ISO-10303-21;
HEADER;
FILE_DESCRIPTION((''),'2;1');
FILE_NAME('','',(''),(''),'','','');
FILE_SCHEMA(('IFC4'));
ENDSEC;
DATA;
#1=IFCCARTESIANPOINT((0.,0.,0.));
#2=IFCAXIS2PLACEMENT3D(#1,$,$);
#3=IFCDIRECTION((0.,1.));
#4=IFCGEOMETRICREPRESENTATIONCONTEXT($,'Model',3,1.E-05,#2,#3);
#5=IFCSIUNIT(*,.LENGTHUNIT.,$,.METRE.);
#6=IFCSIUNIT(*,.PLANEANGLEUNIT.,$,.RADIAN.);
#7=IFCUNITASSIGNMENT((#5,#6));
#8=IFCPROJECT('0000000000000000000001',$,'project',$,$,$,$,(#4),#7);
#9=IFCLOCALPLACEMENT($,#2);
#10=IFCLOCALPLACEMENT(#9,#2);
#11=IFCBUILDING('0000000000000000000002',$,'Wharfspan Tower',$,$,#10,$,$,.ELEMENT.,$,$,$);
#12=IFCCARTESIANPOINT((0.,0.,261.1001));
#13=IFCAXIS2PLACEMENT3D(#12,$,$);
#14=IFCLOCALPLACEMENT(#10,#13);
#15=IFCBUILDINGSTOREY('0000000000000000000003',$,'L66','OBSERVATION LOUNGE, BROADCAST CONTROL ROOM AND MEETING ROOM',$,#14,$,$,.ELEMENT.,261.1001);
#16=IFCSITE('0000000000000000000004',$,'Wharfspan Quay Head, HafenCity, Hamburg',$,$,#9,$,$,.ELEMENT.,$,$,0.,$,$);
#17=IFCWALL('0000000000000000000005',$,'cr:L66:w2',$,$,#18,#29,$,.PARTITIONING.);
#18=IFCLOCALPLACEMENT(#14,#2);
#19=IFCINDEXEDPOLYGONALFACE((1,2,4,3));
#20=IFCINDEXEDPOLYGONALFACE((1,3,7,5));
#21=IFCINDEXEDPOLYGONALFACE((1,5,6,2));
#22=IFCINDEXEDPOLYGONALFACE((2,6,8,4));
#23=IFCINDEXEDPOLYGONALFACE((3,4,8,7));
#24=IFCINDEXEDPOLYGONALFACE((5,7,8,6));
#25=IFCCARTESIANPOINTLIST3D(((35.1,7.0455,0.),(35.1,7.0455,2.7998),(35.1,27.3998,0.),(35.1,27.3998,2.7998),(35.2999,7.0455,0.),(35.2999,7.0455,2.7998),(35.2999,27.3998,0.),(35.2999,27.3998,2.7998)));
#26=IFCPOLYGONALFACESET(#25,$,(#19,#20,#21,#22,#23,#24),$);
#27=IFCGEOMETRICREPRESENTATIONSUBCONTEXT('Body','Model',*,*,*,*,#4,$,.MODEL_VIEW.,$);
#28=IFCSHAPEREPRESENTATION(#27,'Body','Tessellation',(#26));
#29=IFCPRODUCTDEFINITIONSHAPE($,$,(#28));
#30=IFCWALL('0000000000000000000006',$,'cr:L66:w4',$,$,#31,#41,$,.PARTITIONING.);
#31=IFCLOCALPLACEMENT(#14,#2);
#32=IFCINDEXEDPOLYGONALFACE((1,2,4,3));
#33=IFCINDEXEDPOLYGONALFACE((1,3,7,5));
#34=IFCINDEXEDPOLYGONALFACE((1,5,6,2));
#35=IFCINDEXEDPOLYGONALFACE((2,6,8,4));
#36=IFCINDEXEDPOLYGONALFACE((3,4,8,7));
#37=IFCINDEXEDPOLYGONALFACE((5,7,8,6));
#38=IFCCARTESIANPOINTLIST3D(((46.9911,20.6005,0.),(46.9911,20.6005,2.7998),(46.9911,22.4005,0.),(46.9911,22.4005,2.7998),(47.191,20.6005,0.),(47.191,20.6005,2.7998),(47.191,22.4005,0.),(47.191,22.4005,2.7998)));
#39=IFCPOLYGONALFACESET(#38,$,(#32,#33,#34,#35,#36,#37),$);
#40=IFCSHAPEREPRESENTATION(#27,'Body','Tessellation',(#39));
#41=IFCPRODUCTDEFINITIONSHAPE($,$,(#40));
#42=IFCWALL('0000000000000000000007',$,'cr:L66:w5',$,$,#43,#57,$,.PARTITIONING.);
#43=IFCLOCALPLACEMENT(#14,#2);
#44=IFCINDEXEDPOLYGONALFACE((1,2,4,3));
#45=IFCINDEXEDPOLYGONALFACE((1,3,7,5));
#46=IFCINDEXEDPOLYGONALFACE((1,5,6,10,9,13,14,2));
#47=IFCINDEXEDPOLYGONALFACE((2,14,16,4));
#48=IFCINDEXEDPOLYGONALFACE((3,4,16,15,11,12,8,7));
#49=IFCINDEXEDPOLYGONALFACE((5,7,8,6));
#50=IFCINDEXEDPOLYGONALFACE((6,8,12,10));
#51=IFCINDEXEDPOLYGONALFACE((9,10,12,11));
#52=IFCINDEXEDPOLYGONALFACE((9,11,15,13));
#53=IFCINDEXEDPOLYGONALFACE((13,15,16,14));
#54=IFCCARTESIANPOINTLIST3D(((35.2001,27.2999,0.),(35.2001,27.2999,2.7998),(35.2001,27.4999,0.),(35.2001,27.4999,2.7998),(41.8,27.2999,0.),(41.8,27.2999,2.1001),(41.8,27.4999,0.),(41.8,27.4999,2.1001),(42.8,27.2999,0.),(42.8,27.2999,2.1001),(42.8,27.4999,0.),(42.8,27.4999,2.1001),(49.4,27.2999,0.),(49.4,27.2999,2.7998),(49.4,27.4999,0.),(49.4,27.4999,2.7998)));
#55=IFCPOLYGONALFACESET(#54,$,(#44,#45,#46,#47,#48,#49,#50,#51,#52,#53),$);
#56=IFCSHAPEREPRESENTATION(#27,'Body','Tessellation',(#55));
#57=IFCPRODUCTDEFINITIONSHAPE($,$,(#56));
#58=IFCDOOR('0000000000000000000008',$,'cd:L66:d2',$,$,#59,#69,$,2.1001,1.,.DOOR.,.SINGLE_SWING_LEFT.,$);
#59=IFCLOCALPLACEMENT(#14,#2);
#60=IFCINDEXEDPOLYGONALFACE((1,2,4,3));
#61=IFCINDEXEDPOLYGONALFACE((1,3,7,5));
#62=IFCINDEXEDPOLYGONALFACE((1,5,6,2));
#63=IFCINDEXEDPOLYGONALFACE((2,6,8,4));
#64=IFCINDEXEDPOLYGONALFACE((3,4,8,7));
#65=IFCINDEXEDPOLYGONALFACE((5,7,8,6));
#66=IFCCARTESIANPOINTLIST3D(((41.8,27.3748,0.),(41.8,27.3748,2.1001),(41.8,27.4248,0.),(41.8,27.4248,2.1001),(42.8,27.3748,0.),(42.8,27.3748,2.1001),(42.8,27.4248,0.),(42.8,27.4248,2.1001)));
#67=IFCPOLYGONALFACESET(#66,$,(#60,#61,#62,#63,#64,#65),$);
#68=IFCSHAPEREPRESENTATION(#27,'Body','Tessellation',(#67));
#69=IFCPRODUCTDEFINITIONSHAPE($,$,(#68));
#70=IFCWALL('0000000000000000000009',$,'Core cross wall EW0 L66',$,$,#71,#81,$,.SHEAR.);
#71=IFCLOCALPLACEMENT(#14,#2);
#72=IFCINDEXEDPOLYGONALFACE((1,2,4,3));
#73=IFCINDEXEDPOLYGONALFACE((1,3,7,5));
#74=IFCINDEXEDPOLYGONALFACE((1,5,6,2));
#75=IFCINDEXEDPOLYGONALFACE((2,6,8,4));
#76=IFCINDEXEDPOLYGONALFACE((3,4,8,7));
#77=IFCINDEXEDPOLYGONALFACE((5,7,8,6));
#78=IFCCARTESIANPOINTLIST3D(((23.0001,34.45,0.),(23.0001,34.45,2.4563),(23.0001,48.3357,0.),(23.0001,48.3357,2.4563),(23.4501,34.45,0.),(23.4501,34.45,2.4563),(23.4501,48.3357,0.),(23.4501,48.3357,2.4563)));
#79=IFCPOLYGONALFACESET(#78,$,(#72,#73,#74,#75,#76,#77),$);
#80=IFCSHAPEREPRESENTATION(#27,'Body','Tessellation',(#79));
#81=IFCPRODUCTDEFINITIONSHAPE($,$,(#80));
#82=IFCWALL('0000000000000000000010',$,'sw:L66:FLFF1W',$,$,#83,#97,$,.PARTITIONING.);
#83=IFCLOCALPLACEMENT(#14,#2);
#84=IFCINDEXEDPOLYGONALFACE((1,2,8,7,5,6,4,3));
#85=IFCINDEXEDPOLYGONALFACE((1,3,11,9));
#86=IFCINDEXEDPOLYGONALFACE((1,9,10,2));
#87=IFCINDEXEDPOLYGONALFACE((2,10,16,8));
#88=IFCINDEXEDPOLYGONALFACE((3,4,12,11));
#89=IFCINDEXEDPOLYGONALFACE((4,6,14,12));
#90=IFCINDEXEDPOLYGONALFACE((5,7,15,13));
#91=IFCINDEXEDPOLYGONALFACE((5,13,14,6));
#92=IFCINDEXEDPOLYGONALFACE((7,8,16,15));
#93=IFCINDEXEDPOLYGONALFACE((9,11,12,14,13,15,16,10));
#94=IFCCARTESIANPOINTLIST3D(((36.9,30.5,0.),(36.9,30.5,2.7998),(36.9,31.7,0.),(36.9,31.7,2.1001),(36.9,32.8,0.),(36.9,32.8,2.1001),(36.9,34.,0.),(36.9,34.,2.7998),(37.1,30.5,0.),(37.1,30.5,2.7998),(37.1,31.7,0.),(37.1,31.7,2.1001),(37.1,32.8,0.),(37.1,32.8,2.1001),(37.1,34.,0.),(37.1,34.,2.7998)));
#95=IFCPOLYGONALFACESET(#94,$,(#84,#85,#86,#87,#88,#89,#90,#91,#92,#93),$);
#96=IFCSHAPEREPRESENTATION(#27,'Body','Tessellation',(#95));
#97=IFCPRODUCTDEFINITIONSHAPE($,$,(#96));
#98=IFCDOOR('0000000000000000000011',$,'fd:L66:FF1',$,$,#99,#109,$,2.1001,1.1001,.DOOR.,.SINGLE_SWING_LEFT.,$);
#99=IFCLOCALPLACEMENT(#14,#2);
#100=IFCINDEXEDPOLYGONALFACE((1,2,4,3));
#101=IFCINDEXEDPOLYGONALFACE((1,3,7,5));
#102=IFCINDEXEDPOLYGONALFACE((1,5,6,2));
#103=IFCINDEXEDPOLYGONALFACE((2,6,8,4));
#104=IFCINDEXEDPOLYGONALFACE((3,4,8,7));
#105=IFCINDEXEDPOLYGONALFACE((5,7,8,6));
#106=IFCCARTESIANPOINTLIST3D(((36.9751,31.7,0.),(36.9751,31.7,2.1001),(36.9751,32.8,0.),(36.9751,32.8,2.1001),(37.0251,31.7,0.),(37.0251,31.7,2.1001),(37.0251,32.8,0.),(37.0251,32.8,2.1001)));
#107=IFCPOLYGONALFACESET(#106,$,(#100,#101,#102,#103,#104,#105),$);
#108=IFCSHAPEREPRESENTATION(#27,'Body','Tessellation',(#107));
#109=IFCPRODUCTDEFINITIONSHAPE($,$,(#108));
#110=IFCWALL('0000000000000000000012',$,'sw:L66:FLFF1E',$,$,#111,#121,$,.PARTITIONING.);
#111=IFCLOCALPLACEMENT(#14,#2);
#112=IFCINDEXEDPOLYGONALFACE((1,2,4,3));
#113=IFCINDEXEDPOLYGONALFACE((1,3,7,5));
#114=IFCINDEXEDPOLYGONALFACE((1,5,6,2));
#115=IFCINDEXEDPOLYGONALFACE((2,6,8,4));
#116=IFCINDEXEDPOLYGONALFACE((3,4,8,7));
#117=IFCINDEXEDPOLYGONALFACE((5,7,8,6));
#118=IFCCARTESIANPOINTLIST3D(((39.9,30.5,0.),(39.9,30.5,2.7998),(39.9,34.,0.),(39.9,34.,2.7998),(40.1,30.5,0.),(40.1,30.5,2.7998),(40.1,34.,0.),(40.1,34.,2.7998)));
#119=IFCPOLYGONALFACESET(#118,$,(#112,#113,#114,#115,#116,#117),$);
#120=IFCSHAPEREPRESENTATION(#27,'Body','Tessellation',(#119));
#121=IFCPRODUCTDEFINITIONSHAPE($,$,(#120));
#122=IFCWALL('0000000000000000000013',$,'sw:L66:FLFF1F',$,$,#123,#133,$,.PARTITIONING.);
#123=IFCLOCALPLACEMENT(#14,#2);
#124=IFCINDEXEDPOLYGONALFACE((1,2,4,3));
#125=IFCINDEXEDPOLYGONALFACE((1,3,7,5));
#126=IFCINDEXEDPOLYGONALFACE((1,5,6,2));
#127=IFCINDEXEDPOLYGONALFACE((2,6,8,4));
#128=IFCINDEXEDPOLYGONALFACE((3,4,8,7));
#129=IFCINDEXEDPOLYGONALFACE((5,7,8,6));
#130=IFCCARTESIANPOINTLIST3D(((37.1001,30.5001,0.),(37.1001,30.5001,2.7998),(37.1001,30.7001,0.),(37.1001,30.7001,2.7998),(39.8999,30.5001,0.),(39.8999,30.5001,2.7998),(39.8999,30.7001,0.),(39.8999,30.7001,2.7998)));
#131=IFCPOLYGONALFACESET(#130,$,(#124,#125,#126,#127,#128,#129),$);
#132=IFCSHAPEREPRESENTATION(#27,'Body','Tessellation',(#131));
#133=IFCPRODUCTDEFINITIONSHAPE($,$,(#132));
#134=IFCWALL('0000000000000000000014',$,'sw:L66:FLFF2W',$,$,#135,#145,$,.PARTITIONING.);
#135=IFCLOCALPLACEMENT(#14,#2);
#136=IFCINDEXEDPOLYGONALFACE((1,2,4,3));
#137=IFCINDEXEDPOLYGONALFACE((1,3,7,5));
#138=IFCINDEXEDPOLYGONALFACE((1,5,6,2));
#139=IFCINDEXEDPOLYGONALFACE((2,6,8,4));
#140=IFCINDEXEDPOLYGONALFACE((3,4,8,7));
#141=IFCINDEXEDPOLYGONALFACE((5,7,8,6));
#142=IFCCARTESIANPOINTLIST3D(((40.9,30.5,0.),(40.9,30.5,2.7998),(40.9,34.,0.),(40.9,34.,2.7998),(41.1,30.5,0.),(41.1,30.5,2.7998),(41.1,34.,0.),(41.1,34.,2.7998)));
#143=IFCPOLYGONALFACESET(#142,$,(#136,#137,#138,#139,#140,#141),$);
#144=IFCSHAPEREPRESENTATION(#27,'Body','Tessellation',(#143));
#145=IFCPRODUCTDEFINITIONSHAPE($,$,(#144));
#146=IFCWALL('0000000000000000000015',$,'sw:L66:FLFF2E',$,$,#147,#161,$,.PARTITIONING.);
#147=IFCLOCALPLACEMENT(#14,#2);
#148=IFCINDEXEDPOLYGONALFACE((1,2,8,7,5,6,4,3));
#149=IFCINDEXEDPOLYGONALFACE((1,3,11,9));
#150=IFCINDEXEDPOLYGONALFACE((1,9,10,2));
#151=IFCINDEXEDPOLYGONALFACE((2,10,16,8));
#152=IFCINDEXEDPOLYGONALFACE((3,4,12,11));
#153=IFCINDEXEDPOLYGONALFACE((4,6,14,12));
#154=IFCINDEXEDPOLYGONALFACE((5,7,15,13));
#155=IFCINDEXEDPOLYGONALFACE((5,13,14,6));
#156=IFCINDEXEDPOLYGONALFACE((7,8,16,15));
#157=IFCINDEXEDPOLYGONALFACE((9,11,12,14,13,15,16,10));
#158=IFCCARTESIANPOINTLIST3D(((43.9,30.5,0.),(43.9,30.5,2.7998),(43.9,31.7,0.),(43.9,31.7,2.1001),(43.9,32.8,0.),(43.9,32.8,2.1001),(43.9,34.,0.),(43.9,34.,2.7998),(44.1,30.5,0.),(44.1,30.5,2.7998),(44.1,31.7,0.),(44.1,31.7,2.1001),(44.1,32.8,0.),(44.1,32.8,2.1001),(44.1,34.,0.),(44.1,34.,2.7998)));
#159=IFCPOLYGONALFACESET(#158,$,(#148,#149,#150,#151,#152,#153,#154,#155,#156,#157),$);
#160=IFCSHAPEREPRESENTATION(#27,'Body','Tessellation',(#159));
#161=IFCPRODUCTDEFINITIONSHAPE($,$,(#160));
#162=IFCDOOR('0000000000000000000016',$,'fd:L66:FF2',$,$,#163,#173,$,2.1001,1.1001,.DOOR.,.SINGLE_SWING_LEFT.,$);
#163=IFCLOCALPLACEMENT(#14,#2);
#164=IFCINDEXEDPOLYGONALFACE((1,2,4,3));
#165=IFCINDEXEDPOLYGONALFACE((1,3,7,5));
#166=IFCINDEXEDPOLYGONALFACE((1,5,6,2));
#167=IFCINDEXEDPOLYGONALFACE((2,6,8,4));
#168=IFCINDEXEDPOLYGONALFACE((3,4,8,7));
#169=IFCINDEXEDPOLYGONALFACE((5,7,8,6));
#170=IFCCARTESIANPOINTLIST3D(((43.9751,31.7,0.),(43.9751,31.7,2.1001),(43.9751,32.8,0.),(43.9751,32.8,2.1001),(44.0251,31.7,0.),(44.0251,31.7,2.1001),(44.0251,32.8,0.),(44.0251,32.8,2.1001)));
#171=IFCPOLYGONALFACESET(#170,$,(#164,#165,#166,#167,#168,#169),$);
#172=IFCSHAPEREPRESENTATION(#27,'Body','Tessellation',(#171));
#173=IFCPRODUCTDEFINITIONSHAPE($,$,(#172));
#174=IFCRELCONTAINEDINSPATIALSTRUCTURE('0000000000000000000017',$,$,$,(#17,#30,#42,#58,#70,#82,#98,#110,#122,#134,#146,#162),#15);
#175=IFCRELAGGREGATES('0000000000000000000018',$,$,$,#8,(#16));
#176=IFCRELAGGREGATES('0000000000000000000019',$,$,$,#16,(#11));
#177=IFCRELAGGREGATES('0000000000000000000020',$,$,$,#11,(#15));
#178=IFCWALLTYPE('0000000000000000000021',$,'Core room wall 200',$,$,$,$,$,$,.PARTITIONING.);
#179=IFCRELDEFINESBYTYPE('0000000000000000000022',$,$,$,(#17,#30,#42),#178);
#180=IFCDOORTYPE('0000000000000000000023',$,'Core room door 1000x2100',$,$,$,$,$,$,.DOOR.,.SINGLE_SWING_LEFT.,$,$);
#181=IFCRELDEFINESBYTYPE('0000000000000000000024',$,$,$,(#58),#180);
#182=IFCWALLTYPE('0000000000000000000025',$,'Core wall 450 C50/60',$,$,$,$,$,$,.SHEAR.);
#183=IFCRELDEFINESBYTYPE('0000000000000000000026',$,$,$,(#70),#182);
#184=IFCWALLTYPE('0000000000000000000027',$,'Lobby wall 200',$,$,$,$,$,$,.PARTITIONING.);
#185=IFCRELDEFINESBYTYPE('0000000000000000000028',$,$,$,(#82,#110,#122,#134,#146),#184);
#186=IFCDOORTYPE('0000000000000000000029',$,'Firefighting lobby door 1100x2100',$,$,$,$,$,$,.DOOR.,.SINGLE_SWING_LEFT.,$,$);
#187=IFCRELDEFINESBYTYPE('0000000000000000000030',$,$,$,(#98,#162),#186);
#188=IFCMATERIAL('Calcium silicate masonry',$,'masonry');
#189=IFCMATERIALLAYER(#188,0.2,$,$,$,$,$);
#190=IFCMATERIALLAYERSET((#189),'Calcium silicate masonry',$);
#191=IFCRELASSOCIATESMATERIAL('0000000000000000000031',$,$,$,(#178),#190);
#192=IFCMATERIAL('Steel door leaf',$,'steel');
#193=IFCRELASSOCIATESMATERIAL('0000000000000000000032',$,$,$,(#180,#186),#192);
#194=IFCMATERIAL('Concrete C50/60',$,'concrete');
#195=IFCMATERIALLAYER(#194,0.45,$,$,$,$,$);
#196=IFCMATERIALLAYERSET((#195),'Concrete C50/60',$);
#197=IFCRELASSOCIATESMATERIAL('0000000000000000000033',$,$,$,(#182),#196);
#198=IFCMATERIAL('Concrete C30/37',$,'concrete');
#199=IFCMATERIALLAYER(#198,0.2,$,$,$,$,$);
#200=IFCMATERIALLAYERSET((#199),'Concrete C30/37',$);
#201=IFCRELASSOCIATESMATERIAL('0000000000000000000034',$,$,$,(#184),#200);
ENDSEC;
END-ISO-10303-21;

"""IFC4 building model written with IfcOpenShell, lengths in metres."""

from ifc_helpers import new_model, si_unit, direction, frame, frame_2d, origin, place, context, subcontext, project, spatial, rectangle, extrude, material, layer, layer_set, type_object, element, fill, save


model = new_model("IFC4")

# Units and contexts
model_context = context("Model", 3, precision=1e-05, world=origin(), true_north=direction((0.0, 1.0)))
body_context = subcontext(model_context, "Body", "Model", "MODEL_VIEW")
ifc_project = project(units=[si_unit("LENGTHUNIT", "METRE"), si_unit("PLANEANGLEUNIT", "RADIAN")], contexts=[model_context])

# Site, building, storey
site_placement = place(None, origin())
site = spatial("IfcSite", under=ifc_project, at=site_placement, Name="Wharfspan Quay Head, HafenCity, Hamburg", CompositionType="ELEMENT", RefElevation=0.0)
building_placement = place(site_placement, origin())
building = spatial("IfcBuilding", under=site, at=building_placement, Name="Wharfspan Tower", CompositionType="ELEMENT")
storey_placement = place(building_placement, frame((0.0, 0.0, 261.1001)))
storey = spatial("IfcBuildingStorey", under=building, at=storey_placement, Name="L66", Description="OBSERVATION LOUNGE, BROADCAST CONTROL ROOM AND MEETING ROOM", CompositionType="ELEMENT", Elevation=261.1001)

# Walls
ifc_material_1 = material(Name="Calcium silicate masonry", Category="masonry")
ifc_layer_1 = layer(ifc_material_1, 0.2)
ifc_layer_set_1 = layer_set([ifc_layer_1], Name="Calcium silicate masonry")
wall_type_1 = type_object("IfcWallType", Name="Core room wall 200", PredefinedType="PARTITIONING", material=ifc_layer_set_1)
wall_1_placement = place(storey_placement, frame((35.2, 27.3999, 0.0), z_axis=(0.0, 0.0, 1.0), x_axis=(0.0, -1.0, 0.0)))
element("IfcWall", 1, at=wall_1_placement, inside=storey, type_object=wall_type_1, Name="cr:L66:w2", PredefinedType="PARTITIONING", context=body_context, shape_type="SweptSolid", body=[
    extrude(rectangle(XDim=20.3542, YDim=0.2, at=frame_2d((10.1772, 0.0))), origin(), (0.0, 0.0, 1.0), 2.7998),
])
wall_2_placement = place(storey_placement, frame((47.0911, 22.4004, 0.0), z_axis=(0.0, 0.0, 1.0), x_axis=(0.0, -1.0, 0.0)))
element("IfcWall", 2, at=wall_2_placement, inside=storey, type_object=wall_type_1, Name="cr:L66:w4", PredefinedType="PARTITIONING", context=body_context, shape_type="SweptSolid", body=[
    extrude(rectangle(XDim=1.8, YDim=0.2, at=frame_2d((0.8999, 0.0))), origin(), (0.0, 0.0, 1.0), 2.7998),
])

# Wall, opening, door
wall_3_placement = place(storey_placement, frame((35.2, 27.3999, 0.0), z_axis=(0.0, 0.0, 1.0), x_axis=(1.0, 0.0, 0.0)))
wall_3 = element("IfcWall", 3, at=wall_3_placement, inside=storey, type_object=wall_type_1, Name="cr:L66:w5", PredefinedType="PARTITIONING", context=body_context, shape_type="SweptSolid", body=[
    extrude(rectangle(XDim=14.2, YDim=0.2, at=frame_2d((7.1001, 0.0))), origin(), (0.0, 0.0, 1.0), 2.7998),
])
opening_1_placement = place(wall_3_placement, frame((6.6001, 0.0, 0.0)))
opening_1 = element("IfcOpeningElement", 4, at=opening_1_placement, cuts=wall_3, PredefinedType="OPENING", context=body_context, shape_type="SweptSolid", body=[
    extrude(rectangle(XDim=1.0, YDim=2.1001, at=frame_2d((0.5, 1.05))), frame((0.0, 0.1099, 0.0), z_axis=(0.0, -1.0, 0.0), x_axis=(1.0, 0.0, 0.0)), (0.0, 0.0, 1.0), 0.22),
])
ifc_material_2 = material(Name="Steel door leaf", Category="steel")
door_type_1 = type_object("IfcDoorType", Name="Core room door 1000x2100", OperationType="SINGLE_SWING_LEFT", PredefinedType="DOOR", material=ifc_material_2)
door_1_placement = place(opening_1_placement, origin())
door_1 = element("IfcDoor", 5, at=door_1_placement, inside=storey, type_object=door_type_1, Name="cd:L66:d2", OperationType="SINGLE_SWING_LEFT", OverallHeight=2.1001, OverallWidth=1.0, PredefinedType="DOOR", context=body_context, shape_type="SweptSolid", body=[
    extrude(rectangle(XDim=1.0, YDim=2.1001, at=frame_2d((0.5, 1.05))), frame((0.0, 0.0249, 0.0), z_axis=(0.0, -1.0, 0.0), x_axis=(1.0, 0.0, 0.0)), (0.0, 0.0, 1.0), 0.05),
])
fill(opening_1, door_1)

# Wall
ifc_material_3 = material(Name="Concrete C50/60", Category="concrete")
ifc_layer_2 = layer(ifc_material_3, 0.45)
ifc_layer_set_2 = layer_set([ifc_layer_2], Name="Concrete C50/60")
wall_type_2 = type_object("IfcWallType", Name="Core wall 450 C50/60", PredefinedType="SHEAR", material=ifc_layer_set_2)
wall_4_placement = place(storey_placement, frame((23.2251, 34.45, 0.0), z_axis=(0.0, 0.0, 1.0), x_axis=(0.0, 1.0, 0.0)))
element("IfcWall", 6, at=wall_4_placement, inside=storey, type_object=wall_type_2, Name="Core cross wall EW0 L66", PredefinedType="SHEAR", context=body_context, shape_type="SweptSolid", body=[
    extrude(rectangle(XDim=13.8857, YDim=0.45, at=frame_2d((6.9429, 0.0))), origin(), (0.0, 0.0, 1.0), 2.4563),
])

# Wall, opening, door
ifc_material_4 = material(Name="Concrete C30/37", Category="concrete")
ifc_layer_3 = layer(ifc_material_4, 0.2)
ifc_layer_set_3 = layer_set([ifc_layer_3], Name="Concrete C30/37")
wall_type_3 = type_object("IfcWallType", Name="Lobby wall 200", PredefinedType="PARTITIONING", material=ifc_layer_set_3)
wall_5_placement = place(storey_placement, frame((37.0, 30.5, 0.0), z_axis=(0.0, 0.0, 1.0), x_axis=(0.0, 1.0, 0.0)))
wall_5 = element("IfcWall", 7, at=wall_5_placement, inside=storey, type_object=wall_type_3, Name="sw:L66:FLFF1W", PredefinedType="PARTITIONING", context=body_context, shape_type="SweptSolid", body=[
    extrude(rectangle(XDim=3.5, YDim=0.2, at=frame_2d((1.75, 0.0))), origin(), (0.0, 0.0, 1.0), 2.7998),
])
opening_2_placement = place(wall_5_placement, frame((1.2, 0.0, 0.0)))
opening_2 = element("IfcOpeningElement", 8, at=opening_2_placement, cuts=wall_5, PredefinedType="OPENING", context=body_context, shape_type="SweptSolid", body=[
    extrude(rectangle(XDim=1.1001, YDim=2.1001, at=frame_2d((0.55, 1.05))), frame((0.0, 0.1099, 0.0), z_axis=(0.0, -1.0, 0.0), x_axis=(1.0, 0.0, 0.0)), (0.0, 0.0, 1.0), 0.22),
])
door_type_2 = type_object("IfcDoorType", Name="Firefighting lobby door 1100x2100", OperationType="SINGLE_SWING_LEFT", PredefinedType="DOOR", material=ifc_material_2)
door_2_placement = place(opening_2_placement, origin())
door_2 = element("IfcDoor", 9, at=door_2_placement, inside=storey, type_object=door_type_2, Name="fd:L66:FF1", OperationType="SINGLE_SWING_LEFT", OverallHeight=2.1001, OverallWidth=1.1001, PredefinedType="DOOR", context=body_context, shape_type="SweptSolid", body=[
    extrude(rectangle(XDim=1.1001, YDim=2.1001, at=frame_2d((0.55, 1.05))), frame((0.0, 0.0249, 0.0), z_axis=(0.0, -1.0, 0.0), x_axis=(1.0, 0.0, 0.0)), (0.0, 0.0, 1.0), 0.05),
])
fill(opening_2, door_2)

# Walls
wall_6_placement = place(storey_placement, frame((40.0, 30.5, 0.0), z_axis=(0.0, 0.0, 1.0), x_axis=(0.0, 1.0, 0.0)))
element("IfcWall", 10, at=wall_6_placement, inside=storey, type_object=wall_type_3, Name="sw:L66:FLFF1E", PredefinedType="PARTITIONING", context=body_context, shape_type="SweptSolid", body=[
    extrude(rectangle(XDim=3.5, YDim=0.2, at=frame_2d((1.75, 0.0))), origin(), (0.0, 0.0, 1.0), 2.7998),
])
wall_7_placement = place(storey_placement, frame((37.1001, 30.6001, 0.0), z_axis=(0.0, 0.0, 1.0), x_axis=(1.0, 0.0, 0.0)))
element("IfcWall", 11, at=wall_7_placement, inside=storey, type_object=wall_type_3, Name="sw:L66:FLFF1F", PredefinedType="PARTITIONING", context=body_context, shape_type="SweptSolid", body=[
    extrude(rectangle(XDim=2.7998, YDim=0.2, at=frame_2d((1.3999, 0.0))), origin(), (0.0, 0.0, 1.0), 2.7998),
])
wall_8_placement = place(storey_placement, frame((41.0, 30.5, 0.0), z_axis=(0.0, 0.0, 1.0), x_axis=(0.0, 1.0, 0.0)))
element("IfcWall", 12, at=wall_8_placement, inside=storey, type_object=wall_type_3, Name="sw:L66:FLFF2W", PredefinedType="PARTITIONING", context=body_context, shape_type="SweptSolid", body=[
    extrude(rectangle(XDim=3.5, YDim=0.2, at=frame_2d((1.75, 0.0))), origin(), (0.0, 0.0, 1.0), 2.7998),
])

# Wall, opening, door
wall_9_placement = place(storey_placement, frame((44.0, 30.5, 0.0), z_axis=(0.0, 0.0, 1.0), x_axis=(0.0, 1.0, 0.0)))
wall_9 = element("IfcWall", 13, at=wall_9_placement, inside=storey, type_object=wall_type_3, Name="sw:L66:FLFF2E", PredefinedType="PARTITIONING", context=body_context, shape_type="SweptSolid", body=[
    extrude(rectangle(XDim=3.5, YDim=0.2, at=frame_2d((1.75, 0.0))), origin(), (0.0, 0.0, 1.0), 2.7998),
])
opening_3_placement = place(wall_9_placement, frame((1.2, 0.0, 0.0)))
opening_3 = element("IfcOpeningElement", 14, at=opening_3_placement, cuts=wall_9, PredefinedType="OPENING", context=body_context, shape_type="SweptSolid", body=[
    extrude(rectangle(XDim=1.1001, YDim=2.1001, at=frame_2d((0.55, 1.05))), frame((0.0, 0.1099, 0.0), z_axis=(0.0, -1.0, 0.0), x_axis=(1.0, 0.0, 0.0)), (0.0, 0.0, 1.0), 0.22),
])
door_3_placement = place(opening_3_placement, origin())
door_3 = element("IfcDoor", 15, at=door_3_placement, inside=storey, type_object=door_type_2, Name="fd:L66:FF2", OperationType="SINGLE_SWING_LEFT", OverallHeight=2.1001, OverallWidth=1.1001, PredefinedType="DOOR", context=body_context, shape_type="SweptSolid", body=[
    extrude(rectangle(XDim=1.1001, YDim=2.1001, at=frame_2d((0.55, 1.05))), frame((0.0, 0.0249, 0.0), z_axis=(0.0, -1.0, 0.0), x_axis=(1.0, 0.0, 0.0)), (0.0, 0.0, 1.0), 0.05),
])
fill(opening_3, door_3)

save(model, "model.ifc")
